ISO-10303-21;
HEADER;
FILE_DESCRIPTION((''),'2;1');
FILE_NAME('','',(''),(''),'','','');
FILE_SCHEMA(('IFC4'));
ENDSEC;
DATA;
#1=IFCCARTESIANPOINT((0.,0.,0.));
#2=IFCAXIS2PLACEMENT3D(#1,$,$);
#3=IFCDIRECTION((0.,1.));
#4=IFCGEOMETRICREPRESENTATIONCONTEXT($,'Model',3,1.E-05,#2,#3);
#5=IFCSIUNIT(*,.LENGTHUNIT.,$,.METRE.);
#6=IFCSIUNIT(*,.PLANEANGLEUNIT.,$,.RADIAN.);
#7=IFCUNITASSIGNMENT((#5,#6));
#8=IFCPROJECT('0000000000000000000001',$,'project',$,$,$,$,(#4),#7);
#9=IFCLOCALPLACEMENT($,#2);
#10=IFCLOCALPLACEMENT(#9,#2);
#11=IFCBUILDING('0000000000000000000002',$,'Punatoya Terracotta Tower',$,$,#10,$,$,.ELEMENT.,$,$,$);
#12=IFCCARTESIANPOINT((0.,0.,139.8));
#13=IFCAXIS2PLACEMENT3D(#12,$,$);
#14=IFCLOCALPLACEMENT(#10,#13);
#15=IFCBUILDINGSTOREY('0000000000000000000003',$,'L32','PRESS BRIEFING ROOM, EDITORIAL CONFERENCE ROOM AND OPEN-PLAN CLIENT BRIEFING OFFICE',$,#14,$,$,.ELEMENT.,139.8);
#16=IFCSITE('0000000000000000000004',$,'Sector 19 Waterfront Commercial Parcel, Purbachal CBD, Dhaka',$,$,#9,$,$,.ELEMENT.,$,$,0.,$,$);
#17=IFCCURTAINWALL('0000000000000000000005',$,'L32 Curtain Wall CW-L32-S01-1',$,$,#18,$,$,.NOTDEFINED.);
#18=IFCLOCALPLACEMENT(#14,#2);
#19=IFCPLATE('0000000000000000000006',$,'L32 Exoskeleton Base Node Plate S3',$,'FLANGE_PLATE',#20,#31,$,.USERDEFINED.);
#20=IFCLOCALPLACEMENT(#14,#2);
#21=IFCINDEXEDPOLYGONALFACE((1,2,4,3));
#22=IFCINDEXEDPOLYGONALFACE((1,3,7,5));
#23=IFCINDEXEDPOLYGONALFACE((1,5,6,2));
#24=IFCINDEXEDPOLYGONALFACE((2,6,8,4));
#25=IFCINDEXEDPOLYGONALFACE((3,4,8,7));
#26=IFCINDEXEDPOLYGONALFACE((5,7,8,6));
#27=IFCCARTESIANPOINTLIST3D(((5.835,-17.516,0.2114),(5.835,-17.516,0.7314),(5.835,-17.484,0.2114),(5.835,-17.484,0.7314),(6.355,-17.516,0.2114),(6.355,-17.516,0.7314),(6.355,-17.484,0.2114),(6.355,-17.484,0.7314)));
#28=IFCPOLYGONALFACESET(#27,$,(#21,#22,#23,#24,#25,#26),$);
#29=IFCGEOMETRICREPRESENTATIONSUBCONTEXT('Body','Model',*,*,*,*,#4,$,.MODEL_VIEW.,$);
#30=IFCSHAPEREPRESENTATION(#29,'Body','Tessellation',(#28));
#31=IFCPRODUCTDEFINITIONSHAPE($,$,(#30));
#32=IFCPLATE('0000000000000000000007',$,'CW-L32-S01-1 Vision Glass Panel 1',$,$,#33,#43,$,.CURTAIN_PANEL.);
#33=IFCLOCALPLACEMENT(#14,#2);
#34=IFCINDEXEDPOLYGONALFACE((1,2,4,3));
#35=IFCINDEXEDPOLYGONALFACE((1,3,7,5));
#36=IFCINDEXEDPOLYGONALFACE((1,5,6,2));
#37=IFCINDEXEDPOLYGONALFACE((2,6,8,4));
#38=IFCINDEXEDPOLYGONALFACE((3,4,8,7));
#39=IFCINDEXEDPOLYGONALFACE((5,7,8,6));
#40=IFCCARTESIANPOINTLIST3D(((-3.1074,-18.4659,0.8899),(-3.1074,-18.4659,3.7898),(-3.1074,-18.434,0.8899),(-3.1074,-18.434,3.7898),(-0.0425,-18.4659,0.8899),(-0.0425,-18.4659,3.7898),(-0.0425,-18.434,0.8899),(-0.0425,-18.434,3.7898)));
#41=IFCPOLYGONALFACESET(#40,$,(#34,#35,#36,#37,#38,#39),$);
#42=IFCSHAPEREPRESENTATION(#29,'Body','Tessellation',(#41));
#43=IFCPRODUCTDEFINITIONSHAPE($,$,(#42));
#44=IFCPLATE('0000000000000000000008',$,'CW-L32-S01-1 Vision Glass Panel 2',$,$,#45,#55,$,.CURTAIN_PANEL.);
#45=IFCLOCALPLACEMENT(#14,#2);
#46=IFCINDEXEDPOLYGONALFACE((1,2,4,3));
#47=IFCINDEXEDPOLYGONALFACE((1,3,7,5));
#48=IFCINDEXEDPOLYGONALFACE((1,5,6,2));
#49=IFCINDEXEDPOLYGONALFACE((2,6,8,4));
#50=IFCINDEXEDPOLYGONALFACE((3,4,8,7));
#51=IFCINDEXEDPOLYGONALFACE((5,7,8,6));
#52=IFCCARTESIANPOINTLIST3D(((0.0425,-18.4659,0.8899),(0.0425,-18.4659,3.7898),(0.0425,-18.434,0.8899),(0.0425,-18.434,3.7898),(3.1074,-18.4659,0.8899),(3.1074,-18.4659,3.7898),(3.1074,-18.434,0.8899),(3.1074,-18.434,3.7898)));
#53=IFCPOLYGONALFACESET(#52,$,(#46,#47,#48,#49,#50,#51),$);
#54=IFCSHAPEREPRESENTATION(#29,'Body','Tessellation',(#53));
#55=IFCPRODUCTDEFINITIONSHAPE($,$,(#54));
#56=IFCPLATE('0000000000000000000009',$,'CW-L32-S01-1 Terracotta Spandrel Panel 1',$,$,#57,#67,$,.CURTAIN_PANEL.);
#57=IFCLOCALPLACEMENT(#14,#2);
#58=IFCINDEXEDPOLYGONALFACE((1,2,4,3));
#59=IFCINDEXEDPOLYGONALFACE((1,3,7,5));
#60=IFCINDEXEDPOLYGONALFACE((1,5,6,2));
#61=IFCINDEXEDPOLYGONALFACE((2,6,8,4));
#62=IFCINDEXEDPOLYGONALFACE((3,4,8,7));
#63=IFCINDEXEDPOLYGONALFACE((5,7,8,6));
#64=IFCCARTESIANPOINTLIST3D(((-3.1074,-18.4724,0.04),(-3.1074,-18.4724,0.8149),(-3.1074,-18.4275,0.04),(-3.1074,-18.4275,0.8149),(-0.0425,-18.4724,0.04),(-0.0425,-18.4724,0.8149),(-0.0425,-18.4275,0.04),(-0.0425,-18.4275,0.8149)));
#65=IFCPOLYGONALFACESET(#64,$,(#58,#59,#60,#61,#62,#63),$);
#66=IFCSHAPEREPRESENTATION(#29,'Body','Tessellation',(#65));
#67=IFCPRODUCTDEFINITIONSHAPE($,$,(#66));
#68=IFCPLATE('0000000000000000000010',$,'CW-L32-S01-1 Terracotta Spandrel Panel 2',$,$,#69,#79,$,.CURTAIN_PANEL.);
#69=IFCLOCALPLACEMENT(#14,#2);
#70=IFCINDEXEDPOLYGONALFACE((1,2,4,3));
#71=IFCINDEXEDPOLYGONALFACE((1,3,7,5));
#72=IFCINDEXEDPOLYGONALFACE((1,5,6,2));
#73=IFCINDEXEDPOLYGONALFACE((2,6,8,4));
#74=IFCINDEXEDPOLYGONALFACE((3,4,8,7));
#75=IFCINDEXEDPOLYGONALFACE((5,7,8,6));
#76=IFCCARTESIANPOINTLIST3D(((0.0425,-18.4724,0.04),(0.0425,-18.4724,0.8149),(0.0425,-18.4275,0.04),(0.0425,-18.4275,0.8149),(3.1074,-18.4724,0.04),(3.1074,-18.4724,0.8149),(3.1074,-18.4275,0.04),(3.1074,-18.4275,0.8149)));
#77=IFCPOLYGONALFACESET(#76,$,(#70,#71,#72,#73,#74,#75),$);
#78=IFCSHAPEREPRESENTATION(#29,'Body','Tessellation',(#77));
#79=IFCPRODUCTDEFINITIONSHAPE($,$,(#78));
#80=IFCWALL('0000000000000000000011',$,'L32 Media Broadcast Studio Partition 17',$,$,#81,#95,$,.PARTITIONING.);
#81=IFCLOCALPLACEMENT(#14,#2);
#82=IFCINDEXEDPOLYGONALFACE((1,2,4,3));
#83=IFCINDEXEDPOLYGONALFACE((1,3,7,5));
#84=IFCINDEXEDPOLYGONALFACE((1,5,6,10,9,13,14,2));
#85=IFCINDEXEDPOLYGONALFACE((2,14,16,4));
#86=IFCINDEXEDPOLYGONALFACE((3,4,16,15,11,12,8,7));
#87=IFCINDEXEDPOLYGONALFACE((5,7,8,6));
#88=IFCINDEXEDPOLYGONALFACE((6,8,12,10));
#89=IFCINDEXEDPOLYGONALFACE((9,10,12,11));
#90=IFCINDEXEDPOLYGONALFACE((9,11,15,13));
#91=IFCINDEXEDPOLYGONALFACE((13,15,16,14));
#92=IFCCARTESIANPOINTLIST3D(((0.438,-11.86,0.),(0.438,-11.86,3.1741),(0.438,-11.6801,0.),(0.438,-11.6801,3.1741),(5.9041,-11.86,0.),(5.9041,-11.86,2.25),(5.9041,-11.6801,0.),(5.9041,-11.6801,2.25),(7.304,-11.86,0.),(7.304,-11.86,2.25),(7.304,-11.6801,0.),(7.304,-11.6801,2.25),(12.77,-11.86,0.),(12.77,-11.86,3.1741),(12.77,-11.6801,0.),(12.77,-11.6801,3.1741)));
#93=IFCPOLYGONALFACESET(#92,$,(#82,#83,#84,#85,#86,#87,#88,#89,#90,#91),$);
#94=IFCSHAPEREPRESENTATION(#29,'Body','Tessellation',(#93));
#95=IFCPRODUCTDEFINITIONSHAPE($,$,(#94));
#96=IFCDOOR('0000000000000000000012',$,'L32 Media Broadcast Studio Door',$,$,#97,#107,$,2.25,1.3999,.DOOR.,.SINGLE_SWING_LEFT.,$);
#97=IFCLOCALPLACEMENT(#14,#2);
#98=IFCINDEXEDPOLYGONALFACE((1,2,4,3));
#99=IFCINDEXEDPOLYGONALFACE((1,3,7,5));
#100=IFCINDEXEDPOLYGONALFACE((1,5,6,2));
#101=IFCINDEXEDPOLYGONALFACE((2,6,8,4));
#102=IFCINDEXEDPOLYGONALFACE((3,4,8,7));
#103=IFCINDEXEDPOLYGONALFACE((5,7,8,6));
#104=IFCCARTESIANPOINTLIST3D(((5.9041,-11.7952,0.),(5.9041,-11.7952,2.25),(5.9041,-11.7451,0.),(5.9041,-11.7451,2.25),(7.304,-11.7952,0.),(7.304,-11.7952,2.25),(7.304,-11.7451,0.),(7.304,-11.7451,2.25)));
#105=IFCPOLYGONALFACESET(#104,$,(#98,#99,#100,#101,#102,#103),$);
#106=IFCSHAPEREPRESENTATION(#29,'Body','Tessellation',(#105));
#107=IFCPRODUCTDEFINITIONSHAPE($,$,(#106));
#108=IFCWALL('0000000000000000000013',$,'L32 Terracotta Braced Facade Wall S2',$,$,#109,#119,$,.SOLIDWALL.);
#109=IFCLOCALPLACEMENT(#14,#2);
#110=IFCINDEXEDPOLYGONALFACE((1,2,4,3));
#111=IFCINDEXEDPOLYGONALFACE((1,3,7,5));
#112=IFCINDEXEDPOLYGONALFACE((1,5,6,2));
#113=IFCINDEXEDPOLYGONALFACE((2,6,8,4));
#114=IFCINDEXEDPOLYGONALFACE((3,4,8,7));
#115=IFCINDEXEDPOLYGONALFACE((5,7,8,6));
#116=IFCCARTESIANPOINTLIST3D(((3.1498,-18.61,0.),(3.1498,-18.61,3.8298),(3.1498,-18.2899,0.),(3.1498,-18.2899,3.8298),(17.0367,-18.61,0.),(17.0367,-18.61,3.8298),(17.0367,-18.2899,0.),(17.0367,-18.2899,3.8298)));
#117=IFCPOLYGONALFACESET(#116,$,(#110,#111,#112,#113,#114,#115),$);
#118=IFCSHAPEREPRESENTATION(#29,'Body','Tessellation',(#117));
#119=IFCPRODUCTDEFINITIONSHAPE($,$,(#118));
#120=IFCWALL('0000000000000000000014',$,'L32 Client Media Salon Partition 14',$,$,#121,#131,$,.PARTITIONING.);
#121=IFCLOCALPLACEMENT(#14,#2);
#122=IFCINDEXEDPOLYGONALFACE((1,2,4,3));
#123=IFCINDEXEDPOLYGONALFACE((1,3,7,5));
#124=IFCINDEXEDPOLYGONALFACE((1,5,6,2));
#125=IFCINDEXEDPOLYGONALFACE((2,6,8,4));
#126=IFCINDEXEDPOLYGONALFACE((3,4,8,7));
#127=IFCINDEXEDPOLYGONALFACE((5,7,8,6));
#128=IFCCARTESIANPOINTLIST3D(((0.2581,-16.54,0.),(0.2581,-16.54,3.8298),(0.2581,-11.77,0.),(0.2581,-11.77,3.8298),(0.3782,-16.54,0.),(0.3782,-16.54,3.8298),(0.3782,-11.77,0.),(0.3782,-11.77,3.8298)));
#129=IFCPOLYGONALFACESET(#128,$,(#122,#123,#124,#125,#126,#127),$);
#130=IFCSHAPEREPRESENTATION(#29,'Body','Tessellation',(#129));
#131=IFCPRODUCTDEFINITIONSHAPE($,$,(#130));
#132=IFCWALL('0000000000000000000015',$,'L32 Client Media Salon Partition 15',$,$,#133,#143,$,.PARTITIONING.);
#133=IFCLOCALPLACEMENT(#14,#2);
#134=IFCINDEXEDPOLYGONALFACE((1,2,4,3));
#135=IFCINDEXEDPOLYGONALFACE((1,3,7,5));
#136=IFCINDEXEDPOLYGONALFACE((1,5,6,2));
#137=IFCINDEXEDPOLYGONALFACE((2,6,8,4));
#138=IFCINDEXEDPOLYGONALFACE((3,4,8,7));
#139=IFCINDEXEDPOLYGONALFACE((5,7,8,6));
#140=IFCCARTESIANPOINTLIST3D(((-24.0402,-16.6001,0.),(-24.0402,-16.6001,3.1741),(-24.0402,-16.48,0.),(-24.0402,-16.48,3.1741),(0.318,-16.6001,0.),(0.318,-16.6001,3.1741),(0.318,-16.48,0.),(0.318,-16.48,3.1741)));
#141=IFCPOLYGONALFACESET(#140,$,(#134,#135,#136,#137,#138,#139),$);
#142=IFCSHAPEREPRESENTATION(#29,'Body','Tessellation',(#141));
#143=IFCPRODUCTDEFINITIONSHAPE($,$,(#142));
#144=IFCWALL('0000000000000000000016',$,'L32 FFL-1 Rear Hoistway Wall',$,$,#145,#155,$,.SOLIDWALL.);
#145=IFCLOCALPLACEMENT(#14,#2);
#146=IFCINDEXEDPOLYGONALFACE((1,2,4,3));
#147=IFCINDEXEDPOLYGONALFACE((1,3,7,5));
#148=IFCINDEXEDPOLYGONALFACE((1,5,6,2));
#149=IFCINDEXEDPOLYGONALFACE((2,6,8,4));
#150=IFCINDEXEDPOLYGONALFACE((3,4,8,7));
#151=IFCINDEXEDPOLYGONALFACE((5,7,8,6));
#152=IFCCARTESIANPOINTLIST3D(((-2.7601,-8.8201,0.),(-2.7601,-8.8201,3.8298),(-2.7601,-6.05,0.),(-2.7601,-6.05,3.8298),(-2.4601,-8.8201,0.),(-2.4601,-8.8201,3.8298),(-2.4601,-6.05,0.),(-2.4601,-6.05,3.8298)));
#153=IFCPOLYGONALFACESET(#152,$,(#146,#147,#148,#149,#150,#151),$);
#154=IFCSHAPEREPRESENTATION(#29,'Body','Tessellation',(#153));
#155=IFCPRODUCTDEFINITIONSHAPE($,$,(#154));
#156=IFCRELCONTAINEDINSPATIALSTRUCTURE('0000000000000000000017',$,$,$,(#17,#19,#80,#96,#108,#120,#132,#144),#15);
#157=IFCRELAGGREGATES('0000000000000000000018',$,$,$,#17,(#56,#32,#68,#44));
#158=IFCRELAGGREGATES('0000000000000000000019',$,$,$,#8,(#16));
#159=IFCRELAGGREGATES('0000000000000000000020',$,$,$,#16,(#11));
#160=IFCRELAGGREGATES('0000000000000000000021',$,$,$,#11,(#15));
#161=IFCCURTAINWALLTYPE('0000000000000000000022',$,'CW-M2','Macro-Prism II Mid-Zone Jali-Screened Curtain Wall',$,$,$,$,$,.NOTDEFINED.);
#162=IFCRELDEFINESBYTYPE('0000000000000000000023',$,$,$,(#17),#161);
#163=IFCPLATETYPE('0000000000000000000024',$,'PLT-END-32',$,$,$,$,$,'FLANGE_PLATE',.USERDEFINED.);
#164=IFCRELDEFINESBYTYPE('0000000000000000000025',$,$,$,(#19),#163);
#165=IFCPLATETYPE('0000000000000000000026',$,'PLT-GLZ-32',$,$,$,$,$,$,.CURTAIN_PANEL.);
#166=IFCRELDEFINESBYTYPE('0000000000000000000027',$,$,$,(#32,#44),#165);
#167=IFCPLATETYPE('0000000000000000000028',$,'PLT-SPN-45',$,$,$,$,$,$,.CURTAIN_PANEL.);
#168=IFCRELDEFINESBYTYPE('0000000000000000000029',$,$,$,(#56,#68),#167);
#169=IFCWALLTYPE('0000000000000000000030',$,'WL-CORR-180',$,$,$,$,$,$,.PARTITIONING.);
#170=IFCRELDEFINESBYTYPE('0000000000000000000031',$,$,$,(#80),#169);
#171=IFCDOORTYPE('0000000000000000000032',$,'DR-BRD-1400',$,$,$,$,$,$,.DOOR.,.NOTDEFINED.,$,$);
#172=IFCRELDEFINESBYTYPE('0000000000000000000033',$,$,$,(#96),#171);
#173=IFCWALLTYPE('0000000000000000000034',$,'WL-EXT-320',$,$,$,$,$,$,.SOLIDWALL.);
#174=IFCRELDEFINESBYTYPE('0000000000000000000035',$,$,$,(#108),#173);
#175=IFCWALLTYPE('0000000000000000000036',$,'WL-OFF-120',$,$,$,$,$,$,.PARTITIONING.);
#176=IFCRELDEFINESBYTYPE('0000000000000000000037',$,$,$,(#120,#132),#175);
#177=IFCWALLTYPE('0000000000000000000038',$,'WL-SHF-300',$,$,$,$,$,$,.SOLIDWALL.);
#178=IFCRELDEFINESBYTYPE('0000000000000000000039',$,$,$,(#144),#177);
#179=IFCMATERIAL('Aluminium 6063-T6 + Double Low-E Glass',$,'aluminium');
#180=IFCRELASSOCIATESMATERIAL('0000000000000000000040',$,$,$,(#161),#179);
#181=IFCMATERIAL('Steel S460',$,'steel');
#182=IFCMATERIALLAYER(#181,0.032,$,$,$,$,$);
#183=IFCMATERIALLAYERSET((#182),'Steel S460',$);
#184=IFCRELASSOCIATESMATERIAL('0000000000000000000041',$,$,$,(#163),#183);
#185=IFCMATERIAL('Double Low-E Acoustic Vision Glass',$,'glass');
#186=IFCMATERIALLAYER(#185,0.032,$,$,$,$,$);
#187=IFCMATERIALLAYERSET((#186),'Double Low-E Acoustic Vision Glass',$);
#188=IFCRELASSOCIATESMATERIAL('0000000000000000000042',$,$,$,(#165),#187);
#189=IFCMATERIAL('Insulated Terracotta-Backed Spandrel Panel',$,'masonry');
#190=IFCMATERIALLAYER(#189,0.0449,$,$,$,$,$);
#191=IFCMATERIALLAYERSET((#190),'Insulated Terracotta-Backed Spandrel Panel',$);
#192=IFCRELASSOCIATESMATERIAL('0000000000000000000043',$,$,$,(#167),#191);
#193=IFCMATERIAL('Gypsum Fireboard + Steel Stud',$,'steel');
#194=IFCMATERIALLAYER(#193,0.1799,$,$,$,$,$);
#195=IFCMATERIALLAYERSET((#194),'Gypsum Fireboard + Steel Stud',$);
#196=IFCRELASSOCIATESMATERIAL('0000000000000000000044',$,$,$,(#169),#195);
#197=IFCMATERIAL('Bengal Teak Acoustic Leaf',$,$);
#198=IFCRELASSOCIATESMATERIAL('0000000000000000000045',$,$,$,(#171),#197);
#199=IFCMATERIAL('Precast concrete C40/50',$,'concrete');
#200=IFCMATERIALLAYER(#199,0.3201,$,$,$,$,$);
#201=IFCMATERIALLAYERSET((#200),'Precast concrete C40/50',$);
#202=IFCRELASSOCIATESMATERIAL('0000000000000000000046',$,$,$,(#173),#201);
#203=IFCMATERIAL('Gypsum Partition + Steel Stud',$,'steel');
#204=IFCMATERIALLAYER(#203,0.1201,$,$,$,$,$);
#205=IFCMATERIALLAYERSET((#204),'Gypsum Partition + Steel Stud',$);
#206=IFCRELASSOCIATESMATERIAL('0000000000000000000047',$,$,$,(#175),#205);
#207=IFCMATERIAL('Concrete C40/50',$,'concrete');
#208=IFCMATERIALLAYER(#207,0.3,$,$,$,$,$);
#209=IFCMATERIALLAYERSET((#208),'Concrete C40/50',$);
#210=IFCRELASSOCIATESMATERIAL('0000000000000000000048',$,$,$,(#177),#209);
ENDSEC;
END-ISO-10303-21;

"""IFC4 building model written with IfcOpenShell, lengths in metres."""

from ifc_helpers import new_model, si_unit, direction, frame, frame_2d, origin, origin_2d, place, context, subcontext, project, spatial, rectangle, extrude, material, layer, layer_set, type_object, element, fill, aggregate, save


model = new_model("IFC4")

# Units and contexts
model_context = context("Model", 3, precision=1e-05, world=origin(), true_north=direction((0.0, 1.0)))
body_context = subcontext(model_context, "Body", "Model", "MODEL_VIEW")
ifc_project = project(units=[si_unit("LENGTHUNIT", "METRE"), si_unit("PLANEANGLEUNIT", "RADIAN")], contexts=[model_context])

# Site, building, storey
site_placement = place(None, origin())
site = spatial("IfcSite", under=ifc_project, at=site_placement, Name="Sector 19 Waterfront Commercial Parcel, Purbachal CBD, Dhaka", CompositionType="ELEMENT", RefElevation=0.0)
building_placement = place(site_placement, origin())
building = spatial("IfcBuilding", under=site, at=building_placement, Name="Punatoya Terracotta Tower", CompositionType="ELEMENT")
storey_placement = place(building_placement, frame((0.0, 0.0, 139.8)))
storey = spatial("IfcBuildingStorey", under=building, at=storey_placement, Name="L32", Description="PRESS BRIEFING ROOM, EDITORIAL CONFERENCE ROOM AND OPEN-PLAN CLIENT BRIEFING OFFICE", CompositionType="ELEMENT", Elevation=139.8)

# Shared definitions
ifc_material_1 = material(Name="Steel S460", Category="steel")

# Curtain wall
ifc_material_2 = material(Name="Aluminium 6063-T6 + Double Low-E Glass", Category="aluminium")
curtain_wall_type = type_object("IfcCurtainWallType", Name="CW-M2", Description="Macro-Prism II Mid-Zone Jali-Screened Curtain Wall", PredefinedType="NOTDEFINED", material=ifc_material_2)
curtain_wall_placement = place(storey_placement, origin())
curtain_wall = element("IfcCurtainWall", 1, at=curtain_wall_placement, inside=storey, type_object=curtain_wall_type, Name="L32 Curtain Wall CW-L32-S01-1", PredefinedType="NOTDEFINED")

# Plates
ifc_layer_1 = layer(ifc_material_1, 0.032)
ifc_layer_set_1 = layer_set([ifc_layer_1], Name="Steel S460")
plate_type_1 = type_object("IfcPlateType", Name="PLT-END-32", ElementType="FLANGE_PLATE", PredefinedType="USERDEFINED", material=ifc_layer_set_1)
plate_1_placement = place(storey_placement, frame((6.095, -17.5, 0.2114), z_axis=(0.0, 0.0, 1.0), x_axis=(1.0, 0.0, 0.0)))
element("IfcPlate", 2, at=plate_1_placement, inside=storey, type_object=plate_type_1, Name="L32 Exoskeleton Base Node Plate S3", ObjectType="FLANGE_PLATE", PredefinedType="USERDEFINED", context=body_context, shape_type="SweptSolid", body=[
    extrude(rectangle(XDim=0.52, YDim=0.032, at=origin_2d()), origin(), (0.0, 0.0, 1.0), 0.52),
])
ifc_material_3 = material(Name="Double Low-E Acoustic Vision Glass", Category="glass")
ifc_layer_2 = layer(ifc_material_3, 0.032)
ifc_layer_set_2 = layer_set([ifc_layer_2], Name="Double Low-E Acoustic Vision Glass")
plate_type_2 = type_object("IfcPlateType", Name="PLT-GLZ-32", PredefinedType="CURTAIN_PANEL", material=ifc_layer_set_2)
plate_2_placement = place(storey_placement, frame((-1.575, -18.45, 0.8899), z_axis=(0.0, 0.0, 1.0), x_axis=(1.0, 0.0, 0.0)))
plate_2 = element("IfcPlate", 3, at=plate_2_placement, type_object=plate_type_2, Name="CW-L32-S01-1 Vision Glass Panel 1", PredefinedType="CURTAIN_PANEL", context=body_context, shape_type="SweptSolid", body=[
    extrude(rectangle(XDim=3.0649, YDim=0.032, at=origin_2d()), origin(), (0.0, 0.0, 1.0), 2.8999),
])
plate_3_placement = place(storey_placement, frame((1.575, -18.45, 0.8899), z_axis=(0.0, 0.0, 1.0), x_axis=(1.0, 0.0, 0.0)))
plate_3 = element("IfcPlate", 4, at=plate_3_placement, type_object=plate_type_2, Name="CW-L32-S01-1 Vision Glass Panel 2", PredefinedType="CURTAIN_PANEL", context=body_context, shape_type="SweptSolid", body=[
    extrude(rectangle(XDim=3.0649, YDim=0.032, at=origin_2d()), origin(), (0.0, 0.0, 1.0), 2.8999),
])
ifc_material_4 = material(Name="Insulated Terracotta-Backed Spandrel Panel", Category="masonry")
ifc_layer_3 = layer(ifc_material_4, 0.0449)
ifc_layer_set_3 = layer_set([ifc_layer_3], Name="Insulated Terracotta-Backed Spandrel Panel")
plate_type_3 = type_object("IfcPlateType", Name="PLT-SPN-45", PredefinedType="CURTAIN_PANEL", material=ifc_layer_set_3)
plate_4_placement = place(storey_placement, frame((-1.575, -18.45, 0.04), z_axis=(0.0, 0.0, 1.0), x_axis=(1.0, 0.0, 0.0)))
plate_4 = element("IfcPlate", 5, at=plate_4_placement, type_object=plate_type_3, Name="CW-L32-S01-1 Terracotta Spandrel Panel 1", PredefinedType="CURTAIN_PANEL", context=body_context, shape_type="SweptSolid", body=[
    extrude(rectangle(XDim=3.0649, YDim=0.0449, at=origin_2d()), origin(), (0.0, 0.0, 1.0), 0.7749),
])
plate_5_placement = place(storey_placement, frame((1.575, -18.45, 0.04), z_axis=(0.0, 0.0, 1.0), x_axis=(1.0, 0.0, 0.0)))
plate_5 = element("IfcPlate", 6, at=plate_5_placement, type_object=plate_type_3, Name="CW-L32-S01-1 Terracotta Spandrel Panel 2", PredefinedType="CURTAIN_PANEL", context=body_context, shape_type="SweptSolid", body=[
    extrude(rectangle(XDim=3.0649, YDim=0.0449, at=origin_2d()), origin(), (0.0, 0.0, 1.0), 0.7749),
])
aggregate(curtain_wall, [plate_4, plate_2, plate_5, plate_3])

# Wall, opening, door
ifc_material_5 = material(Name="Gypsum Fireboard + Steel Stud", Category="steel")
ifc_layer_4 = layer(ifc_material_5, 0.1799)
ifc_layer_set_4 = layer_set([ifc_layer_4], Name="Gypsum Fireboard + Steel Stud")
wall_type_1 = type_object("IfcWallType", Name="WL-CORR-180", PredefinedType="PARTITIONING", material=ifc_layer_set_4)
wall_1_placement = place(storey_placement, frame((0.438, -11.77, 0.0), z_axis=(0.0, 0.0, 1.0), x_axis=(1.0, 0.0, 0.0)))
wall_1 = element("IfcWall", 7, at=wall_1_placement, inside=storey, type_object=wall_type_1, Name="L32 Media Broadcast Studio Partition 17", PredefinedType="PARTITIONING", context=body_context, shape_type="SweptSolid", body=[
    extrude(rectangle(XDim=12.332, YDim=0.1799, at=frame_2d((6.166, 0.0))), origin(), (0.0, 0.0, 1.0), 3.1741),
])
opening_1_placement = place(wall_1_placement, frame((5.4661, 0.0, 0.0)))
opening_1 = element("IfcOpeningElement", 8, at=opening_1_placement, cuts=wall_1, PredefinedType="OPENING", context=body_context, shape_type="SweptSolid", body=[
    extrude(rectangle(XDim=1.3999, YDim=2.25, at=frame_2d((0.7, 1.125))), frame((0.0, 0.0999, 0.0), z_axis=(0.0, -1.0, 0.0), x_axis=(1.0, 0.0, 0.0)), (0.0, 0.0, 1.0), 0.2),
])
ifc_material_6 = material(Name="Bengal Teak Acoustic Leaf")
door_type_1 = type_object("IfcDoorType", Name="DR-BRD-1400", OperationType="NOTDEFINED", PredefinedType="DOOR", material=ifc_material_6)
door_1_placement = place(opening_1_placement, origin())
door_1 = element("IfcDoor", 9, at=door_1_placement, inside=storey, type_object=door_type_1, Name="L32 Media Broadcast Studio Door", OperationType="SINGLE_SWING_LEFT", OverallHeight=2.25, OverallWidth=1.3999, PredefinedType="DOOR", context=body_context, shape_type="SweptSolid", body=[
    extrude(rectangle(XDim=1.3999, YDim=2.25, at=frame_2d((0.7, 1.125))), frame((0.0, 0.0249, 0.0), z_axis=(0.0, -1.0, 0.0), x_axis=(1.0, 0.0, 0.0)), (0.0, 0.0, 1.0), 0.05),
])
fill(opening_1, door_1)

# Walls
ifc_material_7 = material(Name="Precast concrete C40/50", Category="concrete")
ifc_layer_5 = layer(ifc_material_7, 0.3201)
ifc_layer_set_5 = layer_set([ifc_layer_5], Name="Precast concrete C40/50")
wall_type_2 = type_object("IfcWallType", Name="WL-EXT-320", PredefinedType="SOLIDWALL", material=ifc_layer_set_5)
wall_2_placement = place(storey_placement, frame((3.1499, -18.45, 0.0), z_axis=(0.0, 0.0, 1.0), x_axis=(1.0, 0.0, 0.0)))
element("IfcWall", 10, at=wall_2_placement, inside=storey, type_object=wall_type_2, Name="L32 Terracotta Braced Facade Wall S2", PredefinedType="SOLIDWALL", context=body_context, shape_type="SweptSolid", body=[
    extrude(rectangle(XDim=13.887, YDim=0.3201, at=frame_2d((6.9434, 0.0))), origin(), (0.0, 0.0, 1.0), 3.8298),
])
ifc_material_8 = material(Name="Gypsum Partition + Steel Stud", Category="steel")
ifc_layer_6 = layer(ifc_material_8, 0.1201)
ifc_layer_set_6 = layer_set([ifc_layer_6], Name="Gypsum Partition + Steel Stud")
wall_type_3 = type_object("IfcWallType", Name="WL-OFF-120", PredefinedType="PARTITIONING", material=ifc_layer_set_6)
wall_3_placement = place(storey_placement, frame((0.3181, -11.77, 0.0), z_axis=(0.0, 0.0, 1.0), x_axis=(0.0, -1.0, 0.0)))
element("IfcWall", 11, at=wall_3_placement, inside=storey, type_object=wall_type_3, Name="L32 Client Media Salon Partition 14", PredefinedType="PARTITIONING", context=body_context, shape_type="SweptSolid", body=[
    extrude(rectangle(XDim=4.77, YDim=0.1201, at=frame_2d((2.385, 0.0))), origin(), (0.0, 0.0, 1.0), 3.8298),
])
wall_4_placement = place(storey_placement, frame((0.3181, -16.54, 0.0), z_axis=(0.0, 0.0, 1.0), x_axis=(-1.0, 0.0, 0.0)))
element("IfcWall", 12, at=wall_4_placement, inside=storey, type_object=wall_type_3, Name="L32 Client Media Salon Partition 15", PredefinedType="PARTITIONING", context=body_context, shape_type="SweptSolid", body=[
    extrude(rectangle(XDim=24.3582, YDim=0.1201, at=frame_2d((12.1792, 0.0))), origin(), (0.0, 0.0, 1.0), 3.1741),
])
ifc_material_9 = material(Name="Concrete C40/50", Category="concrete")
ifc_layer_7 = layer(ifc_material_9, 0.3)
ifc_layer_set_7 = layer_set([ifc_layer_7], Name="Concrete C40/50")
wall_type_4 = type_object("IfcWallType", Name="WL-SHF-300", PredefinedType="SOLIDWALL", material=ifc_layer_set_7)
wall_5_placement = place(storey_placement, frame((-2.6101, -8.8201, 0.0), z_axis=(0.0, 0.0, 1.0), x_axis=(0.0, 1.0, 0.0)))
element("IfcWall", 13, at=wall_5_placement, inside=storey, type_object=wall_type_4, Name="L32 FFL-1 Rear Hoistway Wall", PredefinedType="SOLIDWALL", context=body_context, shape_type="SweptSolid", body=[
    extrude(rectangle(XDim=2.77, YDim=0.3, at=frame_2d((1.385, 0.0))), origin(), (0.0, 0.0, 1.0), 3.8298),
])

save(model, "model.ifc")
